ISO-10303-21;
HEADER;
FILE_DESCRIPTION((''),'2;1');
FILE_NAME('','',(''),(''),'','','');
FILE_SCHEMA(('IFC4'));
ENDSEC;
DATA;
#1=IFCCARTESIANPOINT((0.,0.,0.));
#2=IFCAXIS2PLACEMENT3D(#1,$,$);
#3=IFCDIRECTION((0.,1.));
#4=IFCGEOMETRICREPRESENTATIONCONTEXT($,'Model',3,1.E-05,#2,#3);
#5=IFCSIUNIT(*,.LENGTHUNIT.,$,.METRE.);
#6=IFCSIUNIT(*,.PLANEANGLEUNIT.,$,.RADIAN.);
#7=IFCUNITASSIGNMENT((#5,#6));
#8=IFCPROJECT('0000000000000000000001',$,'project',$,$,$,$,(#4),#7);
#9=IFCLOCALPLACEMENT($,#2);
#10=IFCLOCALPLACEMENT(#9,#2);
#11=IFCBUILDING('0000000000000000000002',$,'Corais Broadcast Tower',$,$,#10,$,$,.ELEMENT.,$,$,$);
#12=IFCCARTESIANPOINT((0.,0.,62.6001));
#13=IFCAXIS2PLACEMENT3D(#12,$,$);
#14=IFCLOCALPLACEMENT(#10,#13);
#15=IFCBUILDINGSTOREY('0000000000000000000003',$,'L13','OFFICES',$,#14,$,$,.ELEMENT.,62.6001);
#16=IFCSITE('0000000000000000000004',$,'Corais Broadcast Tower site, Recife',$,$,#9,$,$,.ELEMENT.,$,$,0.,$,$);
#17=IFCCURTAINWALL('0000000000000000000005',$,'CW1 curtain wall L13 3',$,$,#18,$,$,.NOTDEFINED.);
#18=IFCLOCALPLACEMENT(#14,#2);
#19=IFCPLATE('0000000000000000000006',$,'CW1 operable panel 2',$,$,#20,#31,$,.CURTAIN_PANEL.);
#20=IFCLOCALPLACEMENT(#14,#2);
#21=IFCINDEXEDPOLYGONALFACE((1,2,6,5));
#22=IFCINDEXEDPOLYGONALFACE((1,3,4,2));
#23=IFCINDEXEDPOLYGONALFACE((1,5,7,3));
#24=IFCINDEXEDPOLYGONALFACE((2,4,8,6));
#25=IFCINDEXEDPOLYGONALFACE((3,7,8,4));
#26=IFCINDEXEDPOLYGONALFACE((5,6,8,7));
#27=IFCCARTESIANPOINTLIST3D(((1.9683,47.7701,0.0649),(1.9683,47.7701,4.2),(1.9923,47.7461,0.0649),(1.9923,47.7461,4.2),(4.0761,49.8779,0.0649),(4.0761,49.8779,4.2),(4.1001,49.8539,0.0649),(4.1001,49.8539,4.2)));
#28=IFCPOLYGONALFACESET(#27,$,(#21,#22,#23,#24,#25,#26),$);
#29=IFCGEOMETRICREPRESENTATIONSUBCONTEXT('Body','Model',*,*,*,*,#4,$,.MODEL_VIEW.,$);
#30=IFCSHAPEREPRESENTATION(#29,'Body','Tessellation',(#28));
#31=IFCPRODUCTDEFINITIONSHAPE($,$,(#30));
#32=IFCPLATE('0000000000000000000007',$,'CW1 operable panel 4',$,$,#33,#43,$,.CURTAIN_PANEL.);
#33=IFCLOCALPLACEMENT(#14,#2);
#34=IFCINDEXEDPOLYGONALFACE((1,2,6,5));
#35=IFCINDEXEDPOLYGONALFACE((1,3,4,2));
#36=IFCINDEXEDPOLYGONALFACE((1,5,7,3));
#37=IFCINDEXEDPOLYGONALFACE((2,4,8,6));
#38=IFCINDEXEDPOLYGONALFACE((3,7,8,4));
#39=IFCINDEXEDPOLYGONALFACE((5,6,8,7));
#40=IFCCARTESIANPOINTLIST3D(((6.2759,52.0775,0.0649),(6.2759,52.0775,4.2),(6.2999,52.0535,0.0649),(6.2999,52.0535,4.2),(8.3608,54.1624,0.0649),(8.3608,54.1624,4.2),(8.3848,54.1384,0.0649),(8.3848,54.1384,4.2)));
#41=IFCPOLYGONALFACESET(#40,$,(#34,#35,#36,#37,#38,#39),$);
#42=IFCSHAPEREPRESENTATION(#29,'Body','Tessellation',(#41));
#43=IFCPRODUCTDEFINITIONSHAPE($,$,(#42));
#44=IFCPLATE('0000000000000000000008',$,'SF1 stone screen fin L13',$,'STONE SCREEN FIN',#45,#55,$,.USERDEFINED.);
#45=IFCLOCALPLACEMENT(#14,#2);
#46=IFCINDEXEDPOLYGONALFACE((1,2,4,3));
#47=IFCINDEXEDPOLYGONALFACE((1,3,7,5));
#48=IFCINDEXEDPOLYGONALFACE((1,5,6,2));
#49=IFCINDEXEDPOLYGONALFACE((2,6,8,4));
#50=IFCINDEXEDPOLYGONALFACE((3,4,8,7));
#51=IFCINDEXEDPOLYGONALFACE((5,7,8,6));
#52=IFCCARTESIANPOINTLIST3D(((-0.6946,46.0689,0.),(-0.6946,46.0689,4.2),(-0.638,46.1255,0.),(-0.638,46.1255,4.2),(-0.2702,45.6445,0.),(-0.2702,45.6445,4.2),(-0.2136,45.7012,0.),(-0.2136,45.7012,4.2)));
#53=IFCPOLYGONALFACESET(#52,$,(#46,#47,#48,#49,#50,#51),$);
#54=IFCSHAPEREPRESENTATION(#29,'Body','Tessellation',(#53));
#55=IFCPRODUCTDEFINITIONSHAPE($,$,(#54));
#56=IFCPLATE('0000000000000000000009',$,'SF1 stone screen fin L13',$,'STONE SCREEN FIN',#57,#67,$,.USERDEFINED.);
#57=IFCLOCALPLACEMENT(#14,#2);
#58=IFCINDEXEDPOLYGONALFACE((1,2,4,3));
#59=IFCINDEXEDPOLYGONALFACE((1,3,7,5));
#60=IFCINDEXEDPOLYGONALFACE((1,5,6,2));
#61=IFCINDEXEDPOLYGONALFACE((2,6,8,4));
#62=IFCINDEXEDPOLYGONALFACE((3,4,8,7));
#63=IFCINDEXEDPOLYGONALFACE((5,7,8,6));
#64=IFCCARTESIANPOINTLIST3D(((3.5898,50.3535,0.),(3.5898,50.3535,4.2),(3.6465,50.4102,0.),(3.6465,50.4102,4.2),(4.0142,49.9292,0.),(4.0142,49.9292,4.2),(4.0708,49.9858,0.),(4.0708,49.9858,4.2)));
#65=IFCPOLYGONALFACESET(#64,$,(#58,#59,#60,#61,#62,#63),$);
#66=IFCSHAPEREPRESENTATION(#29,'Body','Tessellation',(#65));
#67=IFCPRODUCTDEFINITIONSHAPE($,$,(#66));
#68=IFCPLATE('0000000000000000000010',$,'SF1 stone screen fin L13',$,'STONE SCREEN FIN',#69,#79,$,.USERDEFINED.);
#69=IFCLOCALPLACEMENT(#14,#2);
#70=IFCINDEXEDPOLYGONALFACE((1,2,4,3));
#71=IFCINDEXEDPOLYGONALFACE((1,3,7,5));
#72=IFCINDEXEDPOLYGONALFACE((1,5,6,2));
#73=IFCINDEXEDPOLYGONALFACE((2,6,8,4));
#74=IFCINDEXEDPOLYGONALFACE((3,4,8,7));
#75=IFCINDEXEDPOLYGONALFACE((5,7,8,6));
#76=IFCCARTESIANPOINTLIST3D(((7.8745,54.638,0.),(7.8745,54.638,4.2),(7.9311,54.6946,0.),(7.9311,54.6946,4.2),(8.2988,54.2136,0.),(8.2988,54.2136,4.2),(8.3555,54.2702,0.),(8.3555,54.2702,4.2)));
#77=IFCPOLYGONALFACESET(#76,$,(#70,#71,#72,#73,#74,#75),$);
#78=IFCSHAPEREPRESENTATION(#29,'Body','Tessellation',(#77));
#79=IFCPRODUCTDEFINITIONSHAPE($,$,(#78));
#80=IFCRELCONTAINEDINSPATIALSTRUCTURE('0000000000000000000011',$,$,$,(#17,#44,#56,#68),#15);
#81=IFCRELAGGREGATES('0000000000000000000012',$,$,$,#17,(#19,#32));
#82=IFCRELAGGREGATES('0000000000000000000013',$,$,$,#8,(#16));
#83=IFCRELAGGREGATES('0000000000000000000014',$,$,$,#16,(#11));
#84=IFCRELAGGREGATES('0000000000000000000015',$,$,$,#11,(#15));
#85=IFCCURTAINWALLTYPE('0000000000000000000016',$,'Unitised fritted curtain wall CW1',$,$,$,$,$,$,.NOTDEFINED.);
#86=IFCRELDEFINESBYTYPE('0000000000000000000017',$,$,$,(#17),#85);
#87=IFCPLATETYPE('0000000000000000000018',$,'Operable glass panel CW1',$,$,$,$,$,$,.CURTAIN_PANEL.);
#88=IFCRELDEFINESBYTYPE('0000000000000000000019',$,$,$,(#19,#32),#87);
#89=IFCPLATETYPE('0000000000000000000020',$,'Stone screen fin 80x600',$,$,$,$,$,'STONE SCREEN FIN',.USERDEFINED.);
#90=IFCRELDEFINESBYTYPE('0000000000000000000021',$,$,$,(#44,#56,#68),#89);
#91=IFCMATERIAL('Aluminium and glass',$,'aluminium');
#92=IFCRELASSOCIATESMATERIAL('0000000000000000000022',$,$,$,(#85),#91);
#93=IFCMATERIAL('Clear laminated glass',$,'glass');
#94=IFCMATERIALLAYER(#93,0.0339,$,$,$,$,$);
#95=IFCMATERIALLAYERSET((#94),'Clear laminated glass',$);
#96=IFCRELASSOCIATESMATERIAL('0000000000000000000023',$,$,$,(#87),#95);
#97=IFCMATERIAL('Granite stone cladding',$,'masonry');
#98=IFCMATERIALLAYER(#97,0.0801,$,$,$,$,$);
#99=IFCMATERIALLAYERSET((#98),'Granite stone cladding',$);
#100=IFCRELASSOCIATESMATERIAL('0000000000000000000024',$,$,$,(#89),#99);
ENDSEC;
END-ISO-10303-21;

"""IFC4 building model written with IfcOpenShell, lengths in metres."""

from ifc_helpers import new_model, si_unit, direction, frame, origin, origin_2d, place, context, subcontext, project, spatial, rectangle, extrude, material, layer, layer_set, type_object, element, aggregate, save


model = new_model("IFC4")

# Units and contexts
model_context = context("Model", 3, precision=1e-05, world=origin(), true_north=direction((0.0, 1.0)))
body_context = subcontext(model_context, "Body", "Model", "MODEL_VIEW")
ifc_project = project(units=[si_unit("LENGTHUNIT", "METRE"), si_unit("PLANEANGLEUNIT", "RADIAN")], contexts=[model_context])

# Site, building, storey
site_placement = place(None, origin())
site = spatial("IfcSite", under=ifc_project, at=site_placement, Name="Corais Broadcast Tower site, Recife", CompositionType="ELEMENT", RefElevation=0.0)
building_placement = place(site_placement, origin())
building = spatial("IfcBuilding", under=site, at=building_placement, Name="Corais Broadcast Tower", CompositionType="ELEMENT")
storey_placement = place(building_placement, frame((0.0, 0.0, 62.6001)))
storey = spatial("IfcBuildingStorey", under=building, at=storey_placement, Name="L13", Description="OFFICES", CompositionType="ELEMENT", Elevation=62.6001)

# Shared definitions
ifc_material_1 = material(Name="Aluminium and glass", Category="aluminium")
curtain_wall_type = type_object("IfcCurtainWallType", Name="Unitised fritted curtain wall CW1", PredefinedType="NOTDEFINED", material=ifc_material_1)

# Curtain wall
curtain_wall_1_placement = place(storey_placement, origin())
curtain_wall_1 = element("IfcCurtainWall", 1, at=curtain_wall_1_placement, inside=storey, type_object=curtain_wall_type, Name="CW1 curtain wall L13 3", PredefinedType="NOTDEFINED")

# Plates
ifc_material_2 = material(Name="Clear laminated glass", Category="glass")
ifc_layer_1 = layer(ifc_material_2, 0.0339)
ifc_layer_set_1 = layer_set([ifc_layer_1], Name="Clear laminated glass")
plate_type_1 = type_object("IfcPlateType", Name="Operable glass panel CW1", PredefinedType="CURTAIN_PANEL", material=ifc_layer_set_1)
plate_1_placement = place(storey_placement, frame((3.0342, 48.812, 0.0649), z_axis=(0.0, 0.0, 1.0), x_axis=(0.707107, 0.707107, 0.0)))
plate_1 = element("IfcPlate", 2, at=plate_1_placement, type_object=plate_type_1, Name="CW1 operable panel 2", PredefinedType="CURTAIN_PANEL", context=body_context, shape_type="SweptSolid", body=[
    extrude(rectangle(XDim=2.981, YDim=0.0339, at=origin_2d()), origin(), (0.0, 0.0, 1.0), 4.135),
])
plate_2_placement = place(storey_placement, frame((7.3303, 53.1079, 0.0649), z_axis=(0.0, 0.0, 1.0), x_axis=(0.707107, 0.707107, 0.0)))
plate_2 = element("IfcPlate", 3, at=plate_2_placement, type_object=plate_type_1, Name="CW1 operable panel 4", PredefinedType="CURTAIN_PANEL", context=body_context, shape_type="SweptSolid", body=[
    extrude(rectangle(XDim=2.9485, YDim=0.0339, at=origin_2d()), origin(), (0.0, 0.0, 1.0), 4.135),
])
aggregate(curtain_wall_1, [plate_1, plate_2])

# Plates
ifc_material_3 = material(Name="Granite stone cladding", Category="masonry")
ifc_layer_2 = layer(ifc_material_3, 0.0801)
ifc_layer_set_2 = layer_set([ifc_layer_2], Name="Granite stone cladding")
plate_type_2 = type_object("IfcPlateType", Name="Stone screen fin 80x600", ElementType="STONE SCREEN FIN", PredefinedType="USERDEFINED", material=ifc_layer_set_2)
for number, where, z_axis, x_axis, name in (
    (4, (-0.4541, 45.885, 0.0), (0.0, 0.0, 1.0), (0.707107, 0.707107, 0.0), "SF1 stone screen fin L13"),
    (5, (3.8303, 50.1697, 0.0), (0.0, 0.0, 1.0), (0.707107, 0.707107, 0.0), "SF1 stone screen fin L13"),
    (6, (8.115, 54.4541, 0.0), (0.0, 0.0, 1.0), (0.707107, 0.707107, 0.0), "SF1 stone screen fin L13"),
):
    element("IfcPlate", number, at=place(storey_placement, frame(where, z_axis=z_axis, x_axis=x_axis)), inside=storey, type_object=plate_type_2, Name=name, ObjectType="STONE SCREEN FIN", PredefinedType="USERDEFINED", context=body_context, shape_type="SweptSolid", body=[
        extrude(rectangle(XDim=0.0801, YDim=0.6001, at=origin_2d()), origin(), (0.0, 0.0, 1.0), 4.2),
    ])

save(model, "model.ifc")
